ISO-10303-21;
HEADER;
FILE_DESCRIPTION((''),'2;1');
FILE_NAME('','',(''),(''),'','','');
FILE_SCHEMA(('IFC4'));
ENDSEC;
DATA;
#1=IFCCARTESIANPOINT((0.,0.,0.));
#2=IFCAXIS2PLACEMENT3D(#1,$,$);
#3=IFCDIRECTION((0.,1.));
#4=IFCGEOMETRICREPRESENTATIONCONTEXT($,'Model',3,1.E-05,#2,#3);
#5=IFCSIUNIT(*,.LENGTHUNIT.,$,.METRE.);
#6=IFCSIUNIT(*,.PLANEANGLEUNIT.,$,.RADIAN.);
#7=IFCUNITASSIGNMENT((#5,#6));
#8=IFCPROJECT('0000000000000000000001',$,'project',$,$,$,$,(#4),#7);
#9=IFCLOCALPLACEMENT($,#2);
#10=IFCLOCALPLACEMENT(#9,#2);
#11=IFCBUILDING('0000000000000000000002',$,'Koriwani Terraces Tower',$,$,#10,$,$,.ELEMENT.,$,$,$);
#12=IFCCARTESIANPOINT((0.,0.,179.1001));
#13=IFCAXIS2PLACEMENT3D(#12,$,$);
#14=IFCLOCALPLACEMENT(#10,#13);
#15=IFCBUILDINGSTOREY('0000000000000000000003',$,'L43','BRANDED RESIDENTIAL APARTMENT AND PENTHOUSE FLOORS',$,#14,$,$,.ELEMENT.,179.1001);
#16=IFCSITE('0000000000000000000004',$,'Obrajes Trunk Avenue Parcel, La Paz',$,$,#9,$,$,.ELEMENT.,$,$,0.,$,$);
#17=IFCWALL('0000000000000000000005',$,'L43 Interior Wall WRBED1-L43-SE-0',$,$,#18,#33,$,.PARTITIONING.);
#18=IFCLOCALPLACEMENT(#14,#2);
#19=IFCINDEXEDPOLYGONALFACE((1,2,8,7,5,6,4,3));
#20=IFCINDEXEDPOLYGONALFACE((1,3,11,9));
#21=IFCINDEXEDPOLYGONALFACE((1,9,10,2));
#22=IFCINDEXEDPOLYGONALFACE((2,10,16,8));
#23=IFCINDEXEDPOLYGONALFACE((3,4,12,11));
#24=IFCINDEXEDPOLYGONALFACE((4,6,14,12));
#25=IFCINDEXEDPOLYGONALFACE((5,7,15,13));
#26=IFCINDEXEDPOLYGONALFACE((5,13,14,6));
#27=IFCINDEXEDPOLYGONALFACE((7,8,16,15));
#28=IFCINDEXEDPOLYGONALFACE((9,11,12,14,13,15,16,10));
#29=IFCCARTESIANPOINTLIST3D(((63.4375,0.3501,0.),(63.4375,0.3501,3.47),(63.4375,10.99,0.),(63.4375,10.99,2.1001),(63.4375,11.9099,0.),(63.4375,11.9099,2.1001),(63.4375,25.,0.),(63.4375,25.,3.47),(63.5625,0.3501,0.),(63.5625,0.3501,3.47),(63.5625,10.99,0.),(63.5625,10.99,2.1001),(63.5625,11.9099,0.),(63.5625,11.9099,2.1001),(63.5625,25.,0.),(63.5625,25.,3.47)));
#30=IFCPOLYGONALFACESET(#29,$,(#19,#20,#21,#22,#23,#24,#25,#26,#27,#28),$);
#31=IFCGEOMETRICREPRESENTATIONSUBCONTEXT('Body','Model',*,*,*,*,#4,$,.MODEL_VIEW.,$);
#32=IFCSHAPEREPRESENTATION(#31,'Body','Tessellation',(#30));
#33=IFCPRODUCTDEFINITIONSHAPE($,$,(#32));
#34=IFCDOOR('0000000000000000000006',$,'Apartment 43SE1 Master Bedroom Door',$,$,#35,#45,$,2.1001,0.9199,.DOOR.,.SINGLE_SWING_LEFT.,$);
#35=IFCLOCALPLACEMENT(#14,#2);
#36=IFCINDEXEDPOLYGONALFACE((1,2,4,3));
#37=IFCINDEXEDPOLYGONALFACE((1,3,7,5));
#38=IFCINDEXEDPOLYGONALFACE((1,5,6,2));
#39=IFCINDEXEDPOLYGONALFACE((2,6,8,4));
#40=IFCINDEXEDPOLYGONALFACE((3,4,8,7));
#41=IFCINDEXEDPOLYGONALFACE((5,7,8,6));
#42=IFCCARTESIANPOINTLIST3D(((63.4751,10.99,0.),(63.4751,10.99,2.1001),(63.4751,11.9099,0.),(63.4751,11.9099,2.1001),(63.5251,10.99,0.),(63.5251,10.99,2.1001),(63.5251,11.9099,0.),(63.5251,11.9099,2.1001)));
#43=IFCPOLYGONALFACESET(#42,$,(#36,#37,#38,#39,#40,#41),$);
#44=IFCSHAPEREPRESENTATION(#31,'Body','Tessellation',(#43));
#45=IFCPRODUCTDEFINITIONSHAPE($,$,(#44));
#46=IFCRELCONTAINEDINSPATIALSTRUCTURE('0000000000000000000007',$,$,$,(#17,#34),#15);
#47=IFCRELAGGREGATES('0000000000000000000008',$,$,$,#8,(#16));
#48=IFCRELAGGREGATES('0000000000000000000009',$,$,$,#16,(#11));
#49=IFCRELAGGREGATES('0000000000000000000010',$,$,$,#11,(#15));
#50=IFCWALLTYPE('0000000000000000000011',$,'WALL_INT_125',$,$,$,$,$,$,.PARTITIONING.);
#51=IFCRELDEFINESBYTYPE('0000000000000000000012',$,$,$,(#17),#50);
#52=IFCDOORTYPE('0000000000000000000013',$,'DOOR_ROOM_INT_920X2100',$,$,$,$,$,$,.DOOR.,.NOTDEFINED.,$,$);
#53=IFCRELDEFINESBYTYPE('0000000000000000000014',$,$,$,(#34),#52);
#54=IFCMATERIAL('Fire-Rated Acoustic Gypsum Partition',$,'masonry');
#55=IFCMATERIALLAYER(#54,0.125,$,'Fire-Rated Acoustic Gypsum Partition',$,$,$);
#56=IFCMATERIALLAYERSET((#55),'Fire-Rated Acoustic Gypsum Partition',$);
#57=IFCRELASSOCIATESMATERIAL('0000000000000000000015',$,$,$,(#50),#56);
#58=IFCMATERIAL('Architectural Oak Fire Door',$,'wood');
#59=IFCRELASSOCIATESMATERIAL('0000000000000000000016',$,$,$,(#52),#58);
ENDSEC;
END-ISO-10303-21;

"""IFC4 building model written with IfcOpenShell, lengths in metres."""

from ifc_helpers import new_model, si_unit, direction, frame, frame_2d, origin, place, context, subcontext, project, spatial, rectangle, extrude, material, layer, layer_set, type_object, element, fill, save


model = new_model("IFC4")

# Units and contexts
model_context = context("Model", 3, precision=1e-05, world=origin(), true_north=direction((0.0, 1.0)))
body_context = subcontext(model_context, "Body", "Model", "MODEL_VIEW")
ifc_project = project(units=[si_unit("LENGTHUNIT", "METRE"), si_unit("PLANEANGLEUNIT", "RADIAN")], contexts=[model_context])

# Site, building, storey
site_placement = place(None, origin())
site = spatial("IfcSite", under=ifc_project, at=site_placement, Name="Obrajes Trunk Avenue Parcel, La Paz", CompositionType="ELEMENT", RefElevation=0.0)
building_placement = place(site_placement, origin())
building = spatial("IfcBuilding", under=site, at=building_placement, Name="Koriwani Terraces Tower", CompositionType="ELEMENT")
storey_placement = place(building_placement, frame((0.0, 0.0, 179.1001)))
storey = spatial("IfcBuildingStorey", under=building, at=storey_placement, Name="L43", Description="BRANDED RESIDENTIAL APARTMENT AND PENTHOUSE FLOORS", CompositionType="ELEMENT", Elevation=179.1001)

# Wall, opening, door
ifc_material_1 = material(Name="Fire-Rated Acoustic Gypsum Partition", Category="masonry")
ifc_layer_1 = layer(ifc_material_1, 0.125, Name="Fire-Rated Acoustic Gypsum Partition")
ifc_layer_set_1 = layer_set([ifc_layer_1], Name="Fire-Rated Acoustic Gypsum Partition")
wall_type_1 = type_object("IfcWallType", Name="WALL_INT_125", PredefinedType="PARTITIONING", material=ifc_layer_set_1)
wall_1_placement = place(storey_placement, frame((63.5, 0.3501, 0.0), z_axis=(0.0, 0.0, 1.0), x_axis=(0.0, 1.0, 0.0)))
wall_1 = element("IfcWall", 1, at=wall_1_placement, inside=storey, type_object=wall_type_1, Name="L43 Interior Wall WRBED1-L43-SE-0", PredefinedType="PARTITIONING", context=body_context, shape_type="SweptSolid", body=[
    extrude(rectangle(XDim=24.6499, YDim=0.125, at=frame_2d((12.325, 0.0))), origin(), (0.0, 0.0, 1.0), 3.47),
])
opening_1_placement = place(wall_1_placement, frame((10.6399, 0.0, 0.0)))
opening_1 = element("IfcOpeningElement", 2, at=opening_1_placement, cuts=wall_1, PredefinedType="OPENING", context=body_context, shape_type="SweptSolid", body=[
    extrude(rectangle(XDim=0.9199, YDim=2.1001, at=frame_2d((0.46, 1.05))), frame((0.0, 0.0725, 0.0), z_axis=(0.0, -1.0, 0.0), x_axis=(1.0, 0.0, 0.0)), (0.0, 0.0, 1.0), 0.145),
])
ifc_material_2 = material(Name="Architectural Oak Fire Door", Category="wood")
door_type_1 = type_object("IfcDoorType", Name="DOOR_ROOM_INT_920X2100", OperationType="NOTDEFINED", PredefinedType="DOOR", material=ifc_material_2)
door_1_placement = place(opening_1_placement, origin())
door_1 = element("IfcDoor", 3, at=door_1_placement, inside=storey, type_object=door_type_1, Name="Apartment 43SE1 Master Bedroom Door", OperationType="SINGLE_SWING_LEFT", OverallHeight=2.1001, OverallWidth=0.9199, PredefinedType="DOOR", context=body_context, shape_type="SweptSolid", body=[
    extrude(rectangle(XDim=0.9199, YDim=2.1001, at=frame_2d((0.46, 1.05))), frame((0.0, 0.0249, 0.0), z_axis=(0.0, -1.0, 0.0), x_axis=(1.0, 0.0, 0.0)), (0.0, 0.0, 1.0), 0.05),
])
fill(opening_1, door_1)

save(model, "model.ifc")
